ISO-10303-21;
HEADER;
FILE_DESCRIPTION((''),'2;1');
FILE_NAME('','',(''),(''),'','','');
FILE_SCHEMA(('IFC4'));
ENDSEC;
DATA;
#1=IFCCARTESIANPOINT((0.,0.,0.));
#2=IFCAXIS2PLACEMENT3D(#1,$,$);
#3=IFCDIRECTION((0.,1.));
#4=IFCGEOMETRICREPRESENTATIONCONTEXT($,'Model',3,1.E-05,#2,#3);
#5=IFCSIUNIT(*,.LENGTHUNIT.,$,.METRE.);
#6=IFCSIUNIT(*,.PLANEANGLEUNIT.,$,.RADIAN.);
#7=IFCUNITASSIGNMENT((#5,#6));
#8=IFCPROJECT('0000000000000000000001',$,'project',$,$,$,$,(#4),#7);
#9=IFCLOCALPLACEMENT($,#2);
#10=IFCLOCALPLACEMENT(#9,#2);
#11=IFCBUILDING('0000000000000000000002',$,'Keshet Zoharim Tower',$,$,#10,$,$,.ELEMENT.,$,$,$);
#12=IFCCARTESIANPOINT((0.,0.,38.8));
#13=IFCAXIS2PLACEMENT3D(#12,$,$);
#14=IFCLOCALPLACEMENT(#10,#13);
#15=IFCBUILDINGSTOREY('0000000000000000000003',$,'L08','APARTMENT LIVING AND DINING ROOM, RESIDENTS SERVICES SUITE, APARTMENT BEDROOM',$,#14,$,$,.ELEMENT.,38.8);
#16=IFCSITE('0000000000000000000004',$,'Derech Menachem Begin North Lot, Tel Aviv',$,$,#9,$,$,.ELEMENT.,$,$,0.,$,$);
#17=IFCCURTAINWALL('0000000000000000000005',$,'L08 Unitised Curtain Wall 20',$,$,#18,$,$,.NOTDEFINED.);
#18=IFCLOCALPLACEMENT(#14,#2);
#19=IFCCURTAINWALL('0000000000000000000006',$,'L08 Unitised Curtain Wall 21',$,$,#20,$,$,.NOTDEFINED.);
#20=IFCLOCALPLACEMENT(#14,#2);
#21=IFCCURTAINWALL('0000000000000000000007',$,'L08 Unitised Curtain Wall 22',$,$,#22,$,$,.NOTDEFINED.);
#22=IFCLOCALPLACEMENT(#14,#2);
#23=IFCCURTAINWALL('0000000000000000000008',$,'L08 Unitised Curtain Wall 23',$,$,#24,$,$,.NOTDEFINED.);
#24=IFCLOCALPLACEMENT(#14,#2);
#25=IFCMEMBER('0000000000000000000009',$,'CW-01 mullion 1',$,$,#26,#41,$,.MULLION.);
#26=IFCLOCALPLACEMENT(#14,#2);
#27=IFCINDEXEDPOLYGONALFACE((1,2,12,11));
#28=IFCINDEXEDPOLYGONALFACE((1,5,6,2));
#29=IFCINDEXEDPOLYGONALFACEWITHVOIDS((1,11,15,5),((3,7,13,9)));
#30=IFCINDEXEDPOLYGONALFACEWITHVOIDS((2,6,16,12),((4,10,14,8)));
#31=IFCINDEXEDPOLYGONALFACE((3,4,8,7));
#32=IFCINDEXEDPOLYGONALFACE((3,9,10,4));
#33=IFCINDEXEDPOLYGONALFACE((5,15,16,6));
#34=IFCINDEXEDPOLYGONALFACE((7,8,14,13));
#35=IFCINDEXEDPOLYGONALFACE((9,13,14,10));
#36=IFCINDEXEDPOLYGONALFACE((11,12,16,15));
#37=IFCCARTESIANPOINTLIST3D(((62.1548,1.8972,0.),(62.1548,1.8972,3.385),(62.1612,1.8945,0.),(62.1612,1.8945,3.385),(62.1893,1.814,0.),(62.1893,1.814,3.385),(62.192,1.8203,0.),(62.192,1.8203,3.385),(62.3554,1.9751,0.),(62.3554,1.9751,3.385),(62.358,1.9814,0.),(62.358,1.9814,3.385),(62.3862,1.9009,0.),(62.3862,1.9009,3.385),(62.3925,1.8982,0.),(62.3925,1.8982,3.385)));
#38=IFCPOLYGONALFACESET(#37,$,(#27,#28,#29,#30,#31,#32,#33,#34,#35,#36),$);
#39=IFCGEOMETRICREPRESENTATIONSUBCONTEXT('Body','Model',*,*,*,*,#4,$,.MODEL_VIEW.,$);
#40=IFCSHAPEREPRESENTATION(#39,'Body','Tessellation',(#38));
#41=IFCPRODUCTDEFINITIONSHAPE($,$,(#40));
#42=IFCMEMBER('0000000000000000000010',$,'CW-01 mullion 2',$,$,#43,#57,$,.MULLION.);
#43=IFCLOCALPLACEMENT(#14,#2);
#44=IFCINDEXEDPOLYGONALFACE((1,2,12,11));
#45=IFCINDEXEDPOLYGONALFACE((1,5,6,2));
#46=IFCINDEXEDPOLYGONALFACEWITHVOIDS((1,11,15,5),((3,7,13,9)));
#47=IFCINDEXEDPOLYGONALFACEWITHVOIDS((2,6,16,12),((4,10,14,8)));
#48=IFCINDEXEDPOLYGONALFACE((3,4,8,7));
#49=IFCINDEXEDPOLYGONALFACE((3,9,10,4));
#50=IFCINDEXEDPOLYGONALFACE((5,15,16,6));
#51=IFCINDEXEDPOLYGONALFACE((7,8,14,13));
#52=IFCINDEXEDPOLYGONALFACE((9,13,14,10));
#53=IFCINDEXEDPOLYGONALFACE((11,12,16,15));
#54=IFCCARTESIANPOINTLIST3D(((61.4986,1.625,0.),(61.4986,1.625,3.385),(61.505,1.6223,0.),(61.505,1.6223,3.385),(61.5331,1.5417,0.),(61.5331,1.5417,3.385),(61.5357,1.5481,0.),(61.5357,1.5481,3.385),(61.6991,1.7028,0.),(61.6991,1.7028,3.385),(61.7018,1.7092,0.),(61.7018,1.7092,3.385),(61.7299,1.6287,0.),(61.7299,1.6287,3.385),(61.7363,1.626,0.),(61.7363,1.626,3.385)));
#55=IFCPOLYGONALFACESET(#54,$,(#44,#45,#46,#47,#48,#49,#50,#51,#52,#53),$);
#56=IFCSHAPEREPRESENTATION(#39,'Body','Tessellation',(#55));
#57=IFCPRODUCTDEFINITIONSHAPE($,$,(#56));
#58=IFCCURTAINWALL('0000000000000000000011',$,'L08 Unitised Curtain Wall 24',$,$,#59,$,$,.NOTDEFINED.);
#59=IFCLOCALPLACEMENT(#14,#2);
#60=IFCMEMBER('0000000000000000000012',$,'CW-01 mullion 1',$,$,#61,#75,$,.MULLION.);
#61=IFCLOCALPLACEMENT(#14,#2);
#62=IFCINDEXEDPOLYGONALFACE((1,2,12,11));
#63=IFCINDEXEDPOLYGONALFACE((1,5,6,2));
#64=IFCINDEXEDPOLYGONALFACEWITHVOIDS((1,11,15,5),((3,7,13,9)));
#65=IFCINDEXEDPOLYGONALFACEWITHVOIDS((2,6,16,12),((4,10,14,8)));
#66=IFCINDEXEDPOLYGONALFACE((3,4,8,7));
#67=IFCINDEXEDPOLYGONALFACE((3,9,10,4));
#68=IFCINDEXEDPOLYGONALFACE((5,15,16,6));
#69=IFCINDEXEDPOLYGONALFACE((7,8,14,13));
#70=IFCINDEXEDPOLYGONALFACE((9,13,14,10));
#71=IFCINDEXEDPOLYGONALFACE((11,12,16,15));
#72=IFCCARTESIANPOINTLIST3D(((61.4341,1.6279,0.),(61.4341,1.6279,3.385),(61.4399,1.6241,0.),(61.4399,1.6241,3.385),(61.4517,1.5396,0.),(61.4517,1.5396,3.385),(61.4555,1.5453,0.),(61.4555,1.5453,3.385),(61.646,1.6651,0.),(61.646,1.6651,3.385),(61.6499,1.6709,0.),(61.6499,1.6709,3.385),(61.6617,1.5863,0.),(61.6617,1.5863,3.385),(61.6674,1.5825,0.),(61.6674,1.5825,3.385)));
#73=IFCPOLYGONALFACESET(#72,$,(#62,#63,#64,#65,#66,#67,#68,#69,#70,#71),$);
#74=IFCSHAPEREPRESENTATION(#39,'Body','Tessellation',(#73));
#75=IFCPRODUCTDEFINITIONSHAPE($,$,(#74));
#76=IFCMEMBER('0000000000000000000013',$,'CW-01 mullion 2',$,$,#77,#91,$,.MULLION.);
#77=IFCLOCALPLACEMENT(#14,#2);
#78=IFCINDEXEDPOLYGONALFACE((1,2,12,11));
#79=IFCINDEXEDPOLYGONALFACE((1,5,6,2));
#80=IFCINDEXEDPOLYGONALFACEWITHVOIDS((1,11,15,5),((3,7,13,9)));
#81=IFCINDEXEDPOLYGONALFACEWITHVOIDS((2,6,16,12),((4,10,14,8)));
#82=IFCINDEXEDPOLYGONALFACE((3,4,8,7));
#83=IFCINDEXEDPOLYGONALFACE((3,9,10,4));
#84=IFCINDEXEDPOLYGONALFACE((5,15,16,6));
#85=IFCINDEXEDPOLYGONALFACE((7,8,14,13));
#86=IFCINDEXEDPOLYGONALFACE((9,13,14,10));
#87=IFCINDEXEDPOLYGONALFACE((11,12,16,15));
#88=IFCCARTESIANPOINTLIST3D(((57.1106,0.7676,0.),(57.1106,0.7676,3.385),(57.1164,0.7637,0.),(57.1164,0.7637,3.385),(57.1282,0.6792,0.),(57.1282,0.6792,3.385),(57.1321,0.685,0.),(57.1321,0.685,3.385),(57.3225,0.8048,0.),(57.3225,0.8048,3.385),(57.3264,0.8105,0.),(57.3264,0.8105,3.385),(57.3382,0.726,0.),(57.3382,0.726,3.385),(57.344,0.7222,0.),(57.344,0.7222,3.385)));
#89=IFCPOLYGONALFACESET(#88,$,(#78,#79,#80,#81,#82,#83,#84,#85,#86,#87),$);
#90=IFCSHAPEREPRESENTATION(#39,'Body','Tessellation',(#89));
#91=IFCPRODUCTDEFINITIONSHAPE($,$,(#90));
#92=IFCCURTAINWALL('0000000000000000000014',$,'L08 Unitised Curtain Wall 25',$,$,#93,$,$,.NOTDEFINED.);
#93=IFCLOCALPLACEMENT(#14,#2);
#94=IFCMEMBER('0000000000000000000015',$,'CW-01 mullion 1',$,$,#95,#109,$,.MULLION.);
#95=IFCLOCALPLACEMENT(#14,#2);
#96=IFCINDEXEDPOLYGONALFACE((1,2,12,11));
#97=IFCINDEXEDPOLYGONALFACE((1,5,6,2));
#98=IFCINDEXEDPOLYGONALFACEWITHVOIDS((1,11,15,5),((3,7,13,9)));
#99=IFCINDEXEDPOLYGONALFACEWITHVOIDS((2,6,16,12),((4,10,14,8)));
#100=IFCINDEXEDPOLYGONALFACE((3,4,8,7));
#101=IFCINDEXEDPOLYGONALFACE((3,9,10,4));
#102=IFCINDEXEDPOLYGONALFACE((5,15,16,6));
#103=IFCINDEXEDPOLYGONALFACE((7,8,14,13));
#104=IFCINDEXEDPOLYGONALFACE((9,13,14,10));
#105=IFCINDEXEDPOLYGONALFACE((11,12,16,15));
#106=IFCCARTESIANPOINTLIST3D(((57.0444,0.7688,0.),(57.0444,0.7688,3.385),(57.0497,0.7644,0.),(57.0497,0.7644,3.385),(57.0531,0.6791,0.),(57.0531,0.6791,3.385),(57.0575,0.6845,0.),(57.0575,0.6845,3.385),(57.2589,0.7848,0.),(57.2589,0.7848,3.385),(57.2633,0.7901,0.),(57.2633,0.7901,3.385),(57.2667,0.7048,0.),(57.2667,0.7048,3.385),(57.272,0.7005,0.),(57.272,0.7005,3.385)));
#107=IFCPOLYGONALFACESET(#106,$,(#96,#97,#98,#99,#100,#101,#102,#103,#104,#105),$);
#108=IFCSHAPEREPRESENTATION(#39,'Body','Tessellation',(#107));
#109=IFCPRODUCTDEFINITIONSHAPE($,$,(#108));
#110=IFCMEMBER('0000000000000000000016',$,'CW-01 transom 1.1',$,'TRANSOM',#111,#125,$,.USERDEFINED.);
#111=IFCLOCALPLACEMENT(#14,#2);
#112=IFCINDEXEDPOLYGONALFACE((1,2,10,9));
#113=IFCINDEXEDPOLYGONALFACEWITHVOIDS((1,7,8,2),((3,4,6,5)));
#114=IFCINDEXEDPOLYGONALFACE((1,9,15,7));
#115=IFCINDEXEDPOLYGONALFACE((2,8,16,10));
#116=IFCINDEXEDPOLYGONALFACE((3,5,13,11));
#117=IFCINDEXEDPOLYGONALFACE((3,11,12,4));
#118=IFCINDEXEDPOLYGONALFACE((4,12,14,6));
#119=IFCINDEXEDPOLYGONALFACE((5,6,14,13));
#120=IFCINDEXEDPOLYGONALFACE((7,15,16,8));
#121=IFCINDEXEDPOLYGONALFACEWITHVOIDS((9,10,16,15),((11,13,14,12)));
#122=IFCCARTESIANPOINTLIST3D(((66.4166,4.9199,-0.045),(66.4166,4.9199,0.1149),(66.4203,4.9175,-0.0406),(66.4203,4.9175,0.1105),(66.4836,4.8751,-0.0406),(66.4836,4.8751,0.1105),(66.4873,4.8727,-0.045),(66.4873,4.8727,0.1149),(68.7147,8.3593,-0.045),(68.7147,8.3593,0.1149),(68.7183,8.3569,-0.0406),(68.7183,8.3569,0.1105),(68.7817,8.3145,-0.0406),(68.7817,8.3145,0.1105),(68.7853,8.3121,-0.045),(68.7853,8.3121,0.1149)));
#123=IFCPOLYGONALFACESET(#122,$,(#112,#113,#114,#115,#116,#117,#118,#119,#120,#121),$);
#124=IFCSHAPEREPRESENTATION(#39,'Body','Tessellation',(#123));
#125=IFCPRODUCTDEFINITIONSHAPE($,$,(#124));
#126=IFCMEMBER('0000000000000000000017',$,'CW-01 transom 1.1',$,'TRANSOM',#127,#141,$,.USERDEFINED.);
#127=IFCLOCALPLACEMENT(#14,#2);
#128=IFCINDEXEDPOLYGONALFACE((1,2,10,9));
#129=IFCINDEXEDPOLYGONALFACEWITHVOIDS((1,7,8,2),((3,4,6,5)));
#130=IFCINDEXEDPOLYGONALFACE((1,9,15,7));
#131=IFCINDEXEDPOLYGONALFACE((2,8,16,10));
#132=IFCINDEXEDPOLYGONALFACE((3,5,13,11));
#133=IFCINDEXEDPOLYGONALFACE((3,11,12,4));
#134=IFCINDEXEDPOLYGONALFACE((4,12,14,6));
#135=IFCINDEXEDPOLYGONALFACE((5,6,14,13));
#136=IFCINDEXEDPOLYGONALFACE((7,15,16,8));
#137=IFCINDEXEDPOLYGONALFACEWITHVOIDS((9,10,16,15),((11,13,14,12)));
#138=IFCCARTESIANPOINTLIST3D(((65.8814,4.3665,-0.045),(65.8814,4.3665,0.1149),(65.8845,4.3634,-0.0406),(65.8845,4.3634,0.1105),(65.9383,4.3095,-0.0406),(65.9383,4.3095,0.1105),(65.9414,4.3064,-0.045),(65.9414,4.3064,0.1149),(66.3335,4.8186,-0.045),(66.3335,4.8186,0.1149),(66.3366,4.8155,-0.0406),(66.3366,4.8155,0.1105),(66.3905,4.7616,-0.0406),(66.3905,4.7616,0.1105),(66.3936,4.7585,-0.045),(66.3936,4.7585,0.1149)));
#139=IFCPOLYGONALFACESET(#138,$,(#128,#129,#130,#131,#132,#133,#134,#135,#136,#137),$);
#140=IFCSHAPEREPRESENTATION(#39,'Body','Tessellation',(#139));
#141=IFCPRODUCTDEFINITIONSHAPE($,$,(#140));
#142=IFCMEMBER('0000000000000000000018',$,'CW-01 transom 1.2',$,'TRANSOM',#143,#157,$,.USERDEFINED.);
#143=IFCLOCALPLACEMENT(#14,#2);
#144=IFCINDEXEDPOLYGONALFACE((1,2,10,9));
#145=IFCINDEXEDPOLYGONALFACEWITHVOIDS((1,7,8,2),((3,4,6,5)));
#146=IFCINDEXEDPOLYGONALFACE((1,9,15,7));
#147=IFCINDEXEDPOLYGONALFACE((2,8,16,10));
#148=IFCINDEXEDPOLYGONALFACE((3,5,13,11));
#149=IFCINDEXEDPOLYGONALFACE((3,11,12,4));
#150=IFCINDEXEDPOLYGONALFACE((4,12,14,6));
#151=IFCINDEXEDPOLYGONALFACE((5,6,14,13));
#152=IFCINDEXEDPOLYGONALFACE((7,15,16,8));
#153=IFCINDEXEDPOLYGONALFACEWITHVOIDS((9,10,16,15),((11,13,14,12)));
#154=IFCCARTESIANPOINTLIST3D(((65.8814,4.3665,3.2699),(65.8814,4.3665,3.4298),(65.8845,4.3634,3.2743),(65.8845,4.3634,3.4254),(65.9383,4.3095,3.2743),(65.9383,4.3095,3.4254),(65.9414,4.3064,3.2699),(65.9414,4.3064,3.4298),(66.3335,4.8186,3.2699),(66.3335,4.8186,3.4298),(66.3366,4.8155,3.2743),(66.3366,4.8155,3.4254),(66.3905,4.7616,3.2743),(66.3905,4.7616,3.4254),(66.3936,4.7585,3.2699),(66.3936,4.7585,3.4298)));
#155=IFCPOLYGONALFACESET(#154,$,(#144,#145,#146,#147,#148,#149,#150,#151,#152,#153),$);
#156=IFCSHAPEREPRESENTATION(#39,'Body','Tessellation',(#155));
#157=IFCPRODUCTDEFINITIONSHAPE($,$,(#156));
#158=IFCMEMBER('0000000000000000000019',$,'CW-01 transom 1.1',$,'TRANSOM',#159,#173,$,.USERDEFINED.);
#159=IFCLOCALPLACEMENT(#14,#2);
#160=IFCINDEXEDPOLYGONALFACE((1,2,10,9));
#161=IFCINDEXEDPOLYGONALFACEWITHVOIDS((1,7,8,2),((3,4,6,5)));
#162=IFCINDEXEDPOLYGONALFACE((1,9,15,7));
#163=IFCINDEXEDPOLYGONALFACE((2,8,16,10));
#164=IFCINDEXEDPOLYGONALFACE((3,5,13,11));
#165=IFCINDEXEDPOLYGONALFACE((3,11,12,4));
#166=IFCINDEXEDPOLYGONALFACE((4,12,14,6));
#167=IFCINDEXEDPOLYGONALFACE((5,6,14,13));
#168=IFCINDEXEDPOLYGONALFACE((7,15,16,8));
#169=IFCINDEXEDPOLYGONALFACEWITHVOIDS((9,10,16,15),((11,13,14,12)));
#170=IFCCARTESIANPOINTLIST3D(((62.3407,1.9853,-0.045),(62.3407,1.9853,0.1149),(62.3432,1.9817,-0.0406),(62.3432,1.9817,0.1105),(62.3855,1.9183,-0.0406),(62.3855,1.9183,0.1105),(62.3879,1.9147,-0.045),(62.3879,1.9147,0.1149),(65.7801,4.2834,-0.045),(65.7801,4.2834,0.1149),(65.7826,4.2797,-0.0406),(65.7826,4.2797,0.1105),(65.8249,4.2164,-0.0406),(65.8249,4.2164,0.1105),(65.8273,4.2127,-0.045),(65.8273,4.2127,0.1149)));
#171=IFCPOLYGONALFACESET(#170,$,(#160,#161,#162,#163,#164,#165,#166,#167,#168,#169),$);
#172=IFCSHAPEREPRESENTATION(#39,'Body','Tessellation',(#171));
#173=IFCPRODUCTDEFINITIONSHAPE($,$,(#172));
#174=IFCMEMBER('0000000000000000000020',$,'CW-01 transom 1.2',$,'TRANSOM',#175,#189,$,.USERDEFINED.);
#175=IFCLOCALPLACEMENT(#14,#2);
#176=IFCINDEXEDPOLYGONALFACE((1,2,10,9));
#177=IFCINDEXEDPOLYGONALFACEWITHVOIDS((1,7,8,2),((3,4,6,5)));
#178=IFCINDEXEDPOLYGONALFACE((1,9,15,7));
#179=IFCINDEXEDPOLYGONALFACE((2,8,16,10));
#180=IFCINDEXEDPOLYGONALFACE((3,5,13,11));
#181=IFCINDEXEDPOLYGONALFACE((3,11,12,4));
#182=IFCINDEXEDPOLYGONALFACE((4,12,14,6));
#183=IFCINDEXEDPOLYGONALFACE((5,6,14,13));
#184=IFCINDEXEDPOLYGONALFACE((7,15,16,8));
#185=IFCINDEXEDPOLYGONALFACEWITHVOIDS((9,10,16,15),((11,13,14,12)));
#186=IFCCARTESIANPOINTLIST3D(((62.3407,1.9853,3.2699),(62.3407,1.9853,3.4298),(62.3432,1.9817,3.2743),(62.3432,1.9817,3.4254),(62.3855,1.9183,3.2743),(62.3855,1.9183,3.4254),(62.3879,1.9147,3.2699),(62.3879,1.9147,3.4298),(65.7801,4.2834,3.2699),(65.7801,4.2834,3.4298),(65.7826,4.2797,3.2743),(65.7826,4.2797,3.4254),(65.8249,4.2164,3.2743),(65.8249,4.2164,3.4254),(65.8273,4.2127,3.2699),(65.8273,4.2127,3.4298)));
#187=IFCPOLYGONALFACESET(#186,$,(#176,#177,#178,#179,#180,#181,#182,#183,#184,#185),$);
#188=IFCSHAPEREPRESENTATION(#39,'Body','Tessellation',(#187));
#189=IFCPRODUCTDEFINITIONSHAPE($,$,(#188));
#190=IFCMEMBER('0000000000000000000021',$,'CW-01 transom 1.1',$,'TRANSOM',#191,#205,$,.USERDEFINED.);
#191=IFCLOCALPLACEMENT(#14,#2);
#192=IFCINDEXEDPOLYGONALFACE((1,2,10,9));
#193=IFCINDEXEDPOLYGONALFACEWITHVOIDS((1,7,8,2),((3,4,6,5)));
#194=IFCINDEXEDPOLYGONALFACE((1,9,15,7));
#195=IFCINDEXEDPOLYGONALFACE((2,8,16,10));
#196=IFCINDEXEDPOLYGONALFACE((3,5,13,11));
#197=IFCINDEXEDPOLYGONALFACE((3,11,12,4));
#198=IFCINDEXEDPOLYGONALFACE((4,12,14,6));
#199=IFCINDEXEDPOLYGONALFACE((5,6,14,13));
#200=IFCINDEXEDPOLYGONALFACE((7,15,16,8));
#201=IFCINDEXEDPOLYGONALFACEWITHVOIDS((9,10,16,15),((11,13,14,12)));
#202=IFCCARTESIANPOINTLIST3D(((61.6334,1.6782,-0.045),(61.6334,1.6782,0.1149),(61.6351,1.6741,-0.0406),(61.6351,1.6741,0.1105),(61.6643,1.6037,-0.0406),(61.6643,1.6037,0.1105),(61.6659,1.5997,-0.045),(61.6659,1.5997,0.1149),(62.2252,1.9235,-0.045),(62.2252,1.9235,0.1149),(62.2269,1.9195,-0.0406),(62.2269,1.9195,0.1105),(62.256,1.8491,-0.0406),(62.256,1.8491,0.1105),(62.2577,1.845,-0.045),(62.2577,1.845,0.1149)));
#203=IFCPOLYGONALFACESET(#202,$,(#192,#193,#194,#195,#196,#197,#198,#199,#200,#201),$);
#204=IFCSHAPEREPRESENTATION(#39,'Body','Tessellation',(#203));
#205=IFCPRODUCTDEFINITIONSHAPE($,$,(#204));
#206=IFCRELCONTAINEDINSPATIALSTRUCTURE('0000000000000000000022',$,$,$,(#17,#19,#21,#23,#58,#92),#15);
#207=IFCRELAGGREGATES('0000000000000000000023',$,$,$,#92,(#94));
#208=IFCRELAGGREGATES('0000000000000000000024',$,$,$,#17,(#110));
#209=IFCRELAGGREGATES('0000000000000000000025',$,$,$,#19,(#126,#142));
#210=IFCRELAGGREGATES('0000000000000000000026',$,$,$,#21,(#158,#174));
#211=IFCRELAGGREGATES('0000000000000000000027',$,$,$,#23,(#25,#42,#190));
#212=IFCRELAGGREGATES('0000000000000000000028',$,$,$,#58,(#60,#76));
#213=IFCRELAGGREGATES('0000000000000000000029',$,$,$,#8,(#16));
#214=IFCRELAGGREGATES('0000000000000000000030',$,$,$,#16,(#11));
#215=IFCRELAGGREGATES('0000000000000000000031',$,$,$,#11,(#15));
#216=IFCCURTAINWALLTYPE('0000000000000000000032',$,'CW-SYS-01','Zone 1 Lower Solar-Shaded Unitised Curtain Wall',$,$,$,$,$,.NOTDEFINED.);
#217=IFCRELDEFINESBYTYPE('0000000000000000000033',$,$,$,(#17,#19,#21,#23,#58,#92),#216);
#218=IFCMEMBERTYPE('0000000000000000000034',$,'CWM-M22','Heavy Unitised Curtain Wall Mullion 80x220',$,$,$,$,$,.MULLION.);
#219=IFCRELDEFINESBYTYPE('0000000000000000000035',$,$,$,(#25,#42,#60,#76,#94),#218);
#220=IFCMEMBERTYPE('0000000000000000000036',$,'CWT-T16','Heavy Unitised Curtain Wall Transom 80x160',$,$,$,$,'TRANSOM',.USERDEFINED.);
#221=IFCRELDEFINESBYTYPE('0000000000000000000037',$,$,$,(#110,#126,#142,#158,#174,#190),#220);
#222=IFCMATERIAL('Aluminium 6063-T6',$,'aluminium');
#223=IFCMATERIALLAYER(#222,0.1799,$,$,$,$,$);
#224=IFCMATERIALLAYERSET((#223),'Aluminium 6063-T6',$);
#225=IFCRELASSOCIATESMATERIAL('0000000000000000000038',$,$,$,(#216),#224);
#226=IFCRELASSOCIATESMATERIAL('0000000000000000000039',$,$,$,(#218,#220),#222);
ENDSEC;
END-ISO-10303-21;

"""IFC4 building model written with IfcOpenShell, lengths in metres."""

from ifc_helpers import new_model, si_unit, direction, frame, origin, origin_2d, place, context, subcontext, project, spatial, hollow_rectangle, extrude, material, layer, layer_set, material_profile, profile_set, type_object, element, aggregate, save


model = new_model("IFC4")

# Units and contexts
model_context = context("Model", 3, precision=1e-05, world=origin(), true_north=direction((0.0, 1.0)))
body_context = subcontext(model_context, "Body", "Model", "MODEL_VIEW")
ifc_project = project(units=[si_unit("LENGTHUNIT", "METRE"), si_unit("PLANEANGLEUNIT", "RADIAN")], contexts=[model_context])

# Site, building, storey
site_placement = place(None, origin())
site = spatial("IfcSite", under=ifc_project, at=site_placement, Name="Derech Menachem Begin North Lot, Tel Aviv", CompositionType="ELEMENT", RefElevation=0.0)
building_placement = place(site_placement, origin())
building = spatial("IfcBuilding", under=site, at=building_placement, Name="Keshet Zoharim Tower", CompositionType="ELEMENT")
storey_placement = place(building_placement, frame((0.0, 0.0, 38.8)))
storey = spatial("IfcBuildingStorey", under=building, at=storey_placement, Name="L08", Description="APARTMENT LIVING AND DINING ROOM, RESIDENTS SERVICES SUITE, APARTMENT BEDROOM", CompositionType="ELEMENT", Elevation=38.8)

# Curtain wall
ifc_material_1 = material(Name="Aluminium 6063-T6", Category="aluminium")
ifc_layer_1 = layer(ifc_material_1, 0.1799)
ifc_layer_set_1 = layer_set([ifc_layer_1], Name="Aluminium 6063-T6")
curtain_wall_type = type_object("IfcCurtainWallType", Name="CW-SYS-01", Description="Zone 1 Lower Solar-Shaded Unitised Curtain Wall", PredefinedType="NOTDEFINED", material=ifc_layer_set_1)
curtain_wall_1_placement = place(storey_placement, origin())
curtain_wall_1 = element("IfcCurtainWall", 1, at=curtain_wall_1_placement, inside=storey, type_object=curtain_wall_type, Name="L08 Unitised Curtain Wall 20", PredefinedType="NOTDEFINED")
ifc_material_profile_1 = material_profile(ifc_material_1, hollow_rectangle(XDim=0.0901, YDim=0.22, WallThickness=0.0049, at=origin_2d()), Name="MUL-90x220")
ifc_profile_set_1 = profile_set([ifc_material_profile_1], Name="Aluminium 6063-T6")
member_type_1 = type_object("IfcMemberType", Name="CWM-M22", Description="Heavy Unitised Curtain Wall Mullion 80x220", PredefinedType="MULLION", material=ifc_profile_set_1)

# Curtain walls, members
curtain_wall_2_placement = place(storey_placement, origin())
curtain_wall_2 = element("IfcCurtainWall", 2, at=curtain_wall_2_placement, inside=storey, type_object=curtain_wall_type, Name="L08 Unitised Curtain Wall 21", PredefinedType="NOTDEFINED")
curtain_wall_3_placement = place(storey_placement, origin())
curtain_wall_3 = element("IfcCurtainWall", 3, at=curtain_wall_3_placement, inside=storey, type_object=curtain_wall_type, Name="L08 Unitised Curtain Wall 22", PredefinedType="NOTDEFINED")
curtain_wall_4_placement = place(storey_placement, origin())
curtain_wall_4 = element("IfcCurtainWall", 4, at=curtain_wall_4_placement, inside=storey, type_object=curtain_wall_type, Name="L08 Unitised Curtain Wall 23", PredefinedType="NOTDEFINED")
member_1_placement = place(storey_placement, frame((62.2737, 1.8977, 0.0), z_axis=(0.0, 0.0, 1.0), x_axis=(0.383068, -0.92372, 0.0)))
member_1 = element("IfcMember", 5, at=member_1_placement, type_object=member_type_1, Name="CW-01 mullion 1", PredefinedType="MULLION", context=body_context, shape_type="SweptSolid", body=[
    extrude(hollow_rectangle(XDim=0.0901, YDim=0.22, WallThickness=0.0049, at=origin_2d()), origin(), (0.0, 0.0, 1.0), 3.385),
])
member_2_placement = place(storey_placement, frame((61.6174, 1.6255, 0.0), z_axis=(0.0, 0.0, 1.0), x_axis=(0.383068, -0.92372, 0.0)))
member_2 = element("IfcMember", 6, at=member_2_placement, type_object=member_type_1, Name="CW-01 mullion 2", PredefinedType="MULLION", context=body_context, shape_type="SweptSolid", body=[
    extrude(hollow_rectangle(XDim=0.0901, YDim=0.22, WallThickness=0.0049, at=origin_2d()), origin(), (0.0, 0.0, 1.0), 3.385),
])
curtain_wall_5_placement = place(storey_placement, origin())
curtain_wall_5 = element("IfcCurtainWall", 7, at=curtain_wall_5_placement, inside=storey, type_object=curtain_wall_type, Name="L08 Unitised Curtain Wall 24", PredefinedType="NOTDEFINED")
member_3_placement = place(storey_placement, frame((61.5508, 1.6052, 0.0), z_axis=(0.0, 0.0, 1.0), x_axis=(0.195171, -0.980769, 0.0)))
member_3 = element("IfcMember", 8, at=member_3_placement, type_object=member_type_1, Name="CW-01 mullion 1", PredefinedType="MULLION", context=body_context, shape_type="SweptSolid", body=[
    extrude(hollow_rectangle(XDim=0.0901, YDim=0.22, WallThickness=0.0049, at=origin_2d()), origin(), (0.0, 0.0, 1.0), 3.385),
])
member_4_placement = place(storey_placement, frame((57.2273, 0.7449, 0.0), z_axis=(0.0, 0.0, 1.0), x_axis=(0.195171, -0.980769, 0.0)))
member_4 = element("IfcMember", 9, at=member_4_placement, type_object=member_type_1, Name="CW-01 mullion 2", PredefinedType="MULLION", context=body_context, shape_type="SweptSolid", body=[
    extrude(hollow_rectangle(XDim=0.0901, YDim=0.22, WallThickness=0.0049, at=origin_2d()), origin(), (0.0, 0.0, 1.0), 3.385),
])

# Curtain wall, member
curtain_wall_6_placement = place(storey_placement, origin())
curtain_wall_6 = element("IfcCurtainWall", 10, at=curtain_wall_6_placement, inside=storey, type_object=curtain_wall_type, Name="L08 Unitised Curtain Wall 25", PredefinedType="NOTDEFINED")
member_5_placement = place(storey_placement, frame((57.1582, 0.7346, 0.0), z_axis=(0.0, 0.0, 1.0), x_axis=(0.096977, -0.995287, 0.0)))
member_5 = element("IfcMember", 11, at=member_5_placement, type_object=member_type_1, Name="CW-01 mullion 1", PredefinedType="MULLION", context=body_context, shape_type="SweptSolid", body=[
    extrude(hollow_rectangle(XDim=0.0901, YDim=0.22, WallThickness=0.0049, at=origin_2d()), origin(), (0.0, 0.0, 1.0), 3.385),
])

# Members
ifc_material_profile_2 = material_profile(ifc_material_1, hollow_rectangle(XDim=0.085, YDim=0.1599, WallThickness=0.0044, at=origin_2d()), Name="TRN-85x160")
ifc_profile_set_2 = profile_set([ifc_material_profile_2], Name="Aluminium 6063-T6")
member_type_2 = type_object("IfcMemberType", Name="CWT-T16", Description="Heavy Unitised Curtain Wall Transom 80x160", ElementType="TRANSOM", PredefinedType="USERDEFINED", material=ifc_profile_set_2)
member_6_placement = place(storey_placement, frame((68.75, 8.3357, 0.0349), z_axis=(-0.555558, -0.831478, 0.0), x_axis=(0.831478, -0.555558, 0.0)))
member_6 = element("IfcMember", 12, at=member_6_placement, type_object=member_type_2, Name="CW-01 transom 1.1", ObjectType="TRANSOM", PredefinedType="USERDEFINED", context=body_context, shape_type="SweptSolid", body=[
    extrude(hollow_rectangle(XDim=0.085, YDim=0.1599, WallThickness=0.0044, at=origin_2d()), origin(), (0.0, 0.0, 1.0), 4.1365),
])
member_7_placement = place(storey_placement, frame((66.3635, 4.7886, 0.0349), z_axis=(-0.707107, -0.707107, 0.0), x_axis=(0.707107, -0.707107, 0.0)))
member_7 = element("IfcMember", 13, at=member_7_placement, type_object=member_type_2, Name="CW-01 transom 1.1", ObjectType="TRANSOM", PredefinedType="USERDEFINED", context=body_context, shape_type="SweptSolid", body=[
    extrude(hollow_rectangle(XDim=0.085, YDim=0.1599, WallThickness=0.0044, at=origin_2d()), origin(), (0.0, 0.0, 1.0), 0.6394),
])
member_8_placement = place(storey_placement, frame((66.3635, 4.7886, 3.3499), z_axis=(-0.707107, -0.707107, 0.0), x_axis=(0.707107, -0.707107, 0.0)))
member_8 = element("IfcMember", 14, at=member_8_placement, type_object=member_type_2, Name="CW-01 transom 1.2", ObjectType="TRANSOM", PredefinedType="USERDEFINED", context=body_context, shape_type="SweptSolid", body=[
    extrude(hollow_rectangle(XDim=0.085, YDim=0.1599, WallThickness=0.0044, at=origin_2d()), origin(), (0.0, 0.0, 1.0), 0.6394),
])
member_9_placement = place(storey_placement, frame((65.8037, 4.248, 0.0349), z_axis=(-0.831478, -0.555558, 0.0), x_axis=(0.555558, -0.831478, 0.0)))
member_9 = element("IfcMember", 15, at=member_9_placement, type_object=member_type_2, Name="CW-01 transom 1.1", ObjectType="TRANSOM", PredefinedType="USERDEFINED", context=body_context, shape_type="SweptSolid", body=[
    extrude(hollow_rectangle(XDim=0.085, YDim=0.1599, WallThickness=0.0044, at=origin_2d()), origin(), (0.0, 0.0, 1.0), 4.1365),
])
member_10_placement = place(storey_placement, frame((65.8037, 4.248, 3.3499), z_axis=(-0.831478, -0.555558, 0.0), x_axis=(0.555558, -0.831478, 0.0)))
member_10 = element("IfcMember", 16, at=member_10_placement, type_object=member_type_2, Name="CW-01 transom 1.2", ObjectType="TRANSOM", PredefinedType="USERDEFINED", context=body_context, shape_type="SweptSolid", body=[
    extrude(hollow_rectangle(XDim=0.085, YDim=0.1599, WallThickness=0.0044, at=origin_2d()), origin(), (0.0, 0.0, 1.0), 4.1365),
])
member_11_placement = place(storey_placement, frame((62.2415, 1.8843, 0.0349), z_axis=(-0.923752, -0.382991, 0.0), x_axis=(0.382991, -0.923752, 0.0)))
member_11 = element("IfcMember", 17, at=member_11_placement, type_object=member_type_2, Name="CW-01 transom 1.1", ObjectType="TRANSOM", PredefinedType="USERDEFINED", context=body_context, shape_type="SweptSolid", body=[
    extrude(hollow_rectangle(XDim=0.085, YDim=0.1599, WallThickness=0.0044, at=origin_2d()), origin(), (0.0, 0.0, 1.0), 0.6406),
])
aggregate(curtain_wall_6, [member_5])

aggregate(curtain_wall_1, [member_6])
aggregate(curtain_wall_2, [member_7, member_8])
aggregate(curtain_wall_3, [member_9, member_10])
aggregate(curtain_wall_4, [member_1, member_2, member_11])
aggregate(curtain_wall_5, [member_3, member_4])

save(model, "model.ifc")
